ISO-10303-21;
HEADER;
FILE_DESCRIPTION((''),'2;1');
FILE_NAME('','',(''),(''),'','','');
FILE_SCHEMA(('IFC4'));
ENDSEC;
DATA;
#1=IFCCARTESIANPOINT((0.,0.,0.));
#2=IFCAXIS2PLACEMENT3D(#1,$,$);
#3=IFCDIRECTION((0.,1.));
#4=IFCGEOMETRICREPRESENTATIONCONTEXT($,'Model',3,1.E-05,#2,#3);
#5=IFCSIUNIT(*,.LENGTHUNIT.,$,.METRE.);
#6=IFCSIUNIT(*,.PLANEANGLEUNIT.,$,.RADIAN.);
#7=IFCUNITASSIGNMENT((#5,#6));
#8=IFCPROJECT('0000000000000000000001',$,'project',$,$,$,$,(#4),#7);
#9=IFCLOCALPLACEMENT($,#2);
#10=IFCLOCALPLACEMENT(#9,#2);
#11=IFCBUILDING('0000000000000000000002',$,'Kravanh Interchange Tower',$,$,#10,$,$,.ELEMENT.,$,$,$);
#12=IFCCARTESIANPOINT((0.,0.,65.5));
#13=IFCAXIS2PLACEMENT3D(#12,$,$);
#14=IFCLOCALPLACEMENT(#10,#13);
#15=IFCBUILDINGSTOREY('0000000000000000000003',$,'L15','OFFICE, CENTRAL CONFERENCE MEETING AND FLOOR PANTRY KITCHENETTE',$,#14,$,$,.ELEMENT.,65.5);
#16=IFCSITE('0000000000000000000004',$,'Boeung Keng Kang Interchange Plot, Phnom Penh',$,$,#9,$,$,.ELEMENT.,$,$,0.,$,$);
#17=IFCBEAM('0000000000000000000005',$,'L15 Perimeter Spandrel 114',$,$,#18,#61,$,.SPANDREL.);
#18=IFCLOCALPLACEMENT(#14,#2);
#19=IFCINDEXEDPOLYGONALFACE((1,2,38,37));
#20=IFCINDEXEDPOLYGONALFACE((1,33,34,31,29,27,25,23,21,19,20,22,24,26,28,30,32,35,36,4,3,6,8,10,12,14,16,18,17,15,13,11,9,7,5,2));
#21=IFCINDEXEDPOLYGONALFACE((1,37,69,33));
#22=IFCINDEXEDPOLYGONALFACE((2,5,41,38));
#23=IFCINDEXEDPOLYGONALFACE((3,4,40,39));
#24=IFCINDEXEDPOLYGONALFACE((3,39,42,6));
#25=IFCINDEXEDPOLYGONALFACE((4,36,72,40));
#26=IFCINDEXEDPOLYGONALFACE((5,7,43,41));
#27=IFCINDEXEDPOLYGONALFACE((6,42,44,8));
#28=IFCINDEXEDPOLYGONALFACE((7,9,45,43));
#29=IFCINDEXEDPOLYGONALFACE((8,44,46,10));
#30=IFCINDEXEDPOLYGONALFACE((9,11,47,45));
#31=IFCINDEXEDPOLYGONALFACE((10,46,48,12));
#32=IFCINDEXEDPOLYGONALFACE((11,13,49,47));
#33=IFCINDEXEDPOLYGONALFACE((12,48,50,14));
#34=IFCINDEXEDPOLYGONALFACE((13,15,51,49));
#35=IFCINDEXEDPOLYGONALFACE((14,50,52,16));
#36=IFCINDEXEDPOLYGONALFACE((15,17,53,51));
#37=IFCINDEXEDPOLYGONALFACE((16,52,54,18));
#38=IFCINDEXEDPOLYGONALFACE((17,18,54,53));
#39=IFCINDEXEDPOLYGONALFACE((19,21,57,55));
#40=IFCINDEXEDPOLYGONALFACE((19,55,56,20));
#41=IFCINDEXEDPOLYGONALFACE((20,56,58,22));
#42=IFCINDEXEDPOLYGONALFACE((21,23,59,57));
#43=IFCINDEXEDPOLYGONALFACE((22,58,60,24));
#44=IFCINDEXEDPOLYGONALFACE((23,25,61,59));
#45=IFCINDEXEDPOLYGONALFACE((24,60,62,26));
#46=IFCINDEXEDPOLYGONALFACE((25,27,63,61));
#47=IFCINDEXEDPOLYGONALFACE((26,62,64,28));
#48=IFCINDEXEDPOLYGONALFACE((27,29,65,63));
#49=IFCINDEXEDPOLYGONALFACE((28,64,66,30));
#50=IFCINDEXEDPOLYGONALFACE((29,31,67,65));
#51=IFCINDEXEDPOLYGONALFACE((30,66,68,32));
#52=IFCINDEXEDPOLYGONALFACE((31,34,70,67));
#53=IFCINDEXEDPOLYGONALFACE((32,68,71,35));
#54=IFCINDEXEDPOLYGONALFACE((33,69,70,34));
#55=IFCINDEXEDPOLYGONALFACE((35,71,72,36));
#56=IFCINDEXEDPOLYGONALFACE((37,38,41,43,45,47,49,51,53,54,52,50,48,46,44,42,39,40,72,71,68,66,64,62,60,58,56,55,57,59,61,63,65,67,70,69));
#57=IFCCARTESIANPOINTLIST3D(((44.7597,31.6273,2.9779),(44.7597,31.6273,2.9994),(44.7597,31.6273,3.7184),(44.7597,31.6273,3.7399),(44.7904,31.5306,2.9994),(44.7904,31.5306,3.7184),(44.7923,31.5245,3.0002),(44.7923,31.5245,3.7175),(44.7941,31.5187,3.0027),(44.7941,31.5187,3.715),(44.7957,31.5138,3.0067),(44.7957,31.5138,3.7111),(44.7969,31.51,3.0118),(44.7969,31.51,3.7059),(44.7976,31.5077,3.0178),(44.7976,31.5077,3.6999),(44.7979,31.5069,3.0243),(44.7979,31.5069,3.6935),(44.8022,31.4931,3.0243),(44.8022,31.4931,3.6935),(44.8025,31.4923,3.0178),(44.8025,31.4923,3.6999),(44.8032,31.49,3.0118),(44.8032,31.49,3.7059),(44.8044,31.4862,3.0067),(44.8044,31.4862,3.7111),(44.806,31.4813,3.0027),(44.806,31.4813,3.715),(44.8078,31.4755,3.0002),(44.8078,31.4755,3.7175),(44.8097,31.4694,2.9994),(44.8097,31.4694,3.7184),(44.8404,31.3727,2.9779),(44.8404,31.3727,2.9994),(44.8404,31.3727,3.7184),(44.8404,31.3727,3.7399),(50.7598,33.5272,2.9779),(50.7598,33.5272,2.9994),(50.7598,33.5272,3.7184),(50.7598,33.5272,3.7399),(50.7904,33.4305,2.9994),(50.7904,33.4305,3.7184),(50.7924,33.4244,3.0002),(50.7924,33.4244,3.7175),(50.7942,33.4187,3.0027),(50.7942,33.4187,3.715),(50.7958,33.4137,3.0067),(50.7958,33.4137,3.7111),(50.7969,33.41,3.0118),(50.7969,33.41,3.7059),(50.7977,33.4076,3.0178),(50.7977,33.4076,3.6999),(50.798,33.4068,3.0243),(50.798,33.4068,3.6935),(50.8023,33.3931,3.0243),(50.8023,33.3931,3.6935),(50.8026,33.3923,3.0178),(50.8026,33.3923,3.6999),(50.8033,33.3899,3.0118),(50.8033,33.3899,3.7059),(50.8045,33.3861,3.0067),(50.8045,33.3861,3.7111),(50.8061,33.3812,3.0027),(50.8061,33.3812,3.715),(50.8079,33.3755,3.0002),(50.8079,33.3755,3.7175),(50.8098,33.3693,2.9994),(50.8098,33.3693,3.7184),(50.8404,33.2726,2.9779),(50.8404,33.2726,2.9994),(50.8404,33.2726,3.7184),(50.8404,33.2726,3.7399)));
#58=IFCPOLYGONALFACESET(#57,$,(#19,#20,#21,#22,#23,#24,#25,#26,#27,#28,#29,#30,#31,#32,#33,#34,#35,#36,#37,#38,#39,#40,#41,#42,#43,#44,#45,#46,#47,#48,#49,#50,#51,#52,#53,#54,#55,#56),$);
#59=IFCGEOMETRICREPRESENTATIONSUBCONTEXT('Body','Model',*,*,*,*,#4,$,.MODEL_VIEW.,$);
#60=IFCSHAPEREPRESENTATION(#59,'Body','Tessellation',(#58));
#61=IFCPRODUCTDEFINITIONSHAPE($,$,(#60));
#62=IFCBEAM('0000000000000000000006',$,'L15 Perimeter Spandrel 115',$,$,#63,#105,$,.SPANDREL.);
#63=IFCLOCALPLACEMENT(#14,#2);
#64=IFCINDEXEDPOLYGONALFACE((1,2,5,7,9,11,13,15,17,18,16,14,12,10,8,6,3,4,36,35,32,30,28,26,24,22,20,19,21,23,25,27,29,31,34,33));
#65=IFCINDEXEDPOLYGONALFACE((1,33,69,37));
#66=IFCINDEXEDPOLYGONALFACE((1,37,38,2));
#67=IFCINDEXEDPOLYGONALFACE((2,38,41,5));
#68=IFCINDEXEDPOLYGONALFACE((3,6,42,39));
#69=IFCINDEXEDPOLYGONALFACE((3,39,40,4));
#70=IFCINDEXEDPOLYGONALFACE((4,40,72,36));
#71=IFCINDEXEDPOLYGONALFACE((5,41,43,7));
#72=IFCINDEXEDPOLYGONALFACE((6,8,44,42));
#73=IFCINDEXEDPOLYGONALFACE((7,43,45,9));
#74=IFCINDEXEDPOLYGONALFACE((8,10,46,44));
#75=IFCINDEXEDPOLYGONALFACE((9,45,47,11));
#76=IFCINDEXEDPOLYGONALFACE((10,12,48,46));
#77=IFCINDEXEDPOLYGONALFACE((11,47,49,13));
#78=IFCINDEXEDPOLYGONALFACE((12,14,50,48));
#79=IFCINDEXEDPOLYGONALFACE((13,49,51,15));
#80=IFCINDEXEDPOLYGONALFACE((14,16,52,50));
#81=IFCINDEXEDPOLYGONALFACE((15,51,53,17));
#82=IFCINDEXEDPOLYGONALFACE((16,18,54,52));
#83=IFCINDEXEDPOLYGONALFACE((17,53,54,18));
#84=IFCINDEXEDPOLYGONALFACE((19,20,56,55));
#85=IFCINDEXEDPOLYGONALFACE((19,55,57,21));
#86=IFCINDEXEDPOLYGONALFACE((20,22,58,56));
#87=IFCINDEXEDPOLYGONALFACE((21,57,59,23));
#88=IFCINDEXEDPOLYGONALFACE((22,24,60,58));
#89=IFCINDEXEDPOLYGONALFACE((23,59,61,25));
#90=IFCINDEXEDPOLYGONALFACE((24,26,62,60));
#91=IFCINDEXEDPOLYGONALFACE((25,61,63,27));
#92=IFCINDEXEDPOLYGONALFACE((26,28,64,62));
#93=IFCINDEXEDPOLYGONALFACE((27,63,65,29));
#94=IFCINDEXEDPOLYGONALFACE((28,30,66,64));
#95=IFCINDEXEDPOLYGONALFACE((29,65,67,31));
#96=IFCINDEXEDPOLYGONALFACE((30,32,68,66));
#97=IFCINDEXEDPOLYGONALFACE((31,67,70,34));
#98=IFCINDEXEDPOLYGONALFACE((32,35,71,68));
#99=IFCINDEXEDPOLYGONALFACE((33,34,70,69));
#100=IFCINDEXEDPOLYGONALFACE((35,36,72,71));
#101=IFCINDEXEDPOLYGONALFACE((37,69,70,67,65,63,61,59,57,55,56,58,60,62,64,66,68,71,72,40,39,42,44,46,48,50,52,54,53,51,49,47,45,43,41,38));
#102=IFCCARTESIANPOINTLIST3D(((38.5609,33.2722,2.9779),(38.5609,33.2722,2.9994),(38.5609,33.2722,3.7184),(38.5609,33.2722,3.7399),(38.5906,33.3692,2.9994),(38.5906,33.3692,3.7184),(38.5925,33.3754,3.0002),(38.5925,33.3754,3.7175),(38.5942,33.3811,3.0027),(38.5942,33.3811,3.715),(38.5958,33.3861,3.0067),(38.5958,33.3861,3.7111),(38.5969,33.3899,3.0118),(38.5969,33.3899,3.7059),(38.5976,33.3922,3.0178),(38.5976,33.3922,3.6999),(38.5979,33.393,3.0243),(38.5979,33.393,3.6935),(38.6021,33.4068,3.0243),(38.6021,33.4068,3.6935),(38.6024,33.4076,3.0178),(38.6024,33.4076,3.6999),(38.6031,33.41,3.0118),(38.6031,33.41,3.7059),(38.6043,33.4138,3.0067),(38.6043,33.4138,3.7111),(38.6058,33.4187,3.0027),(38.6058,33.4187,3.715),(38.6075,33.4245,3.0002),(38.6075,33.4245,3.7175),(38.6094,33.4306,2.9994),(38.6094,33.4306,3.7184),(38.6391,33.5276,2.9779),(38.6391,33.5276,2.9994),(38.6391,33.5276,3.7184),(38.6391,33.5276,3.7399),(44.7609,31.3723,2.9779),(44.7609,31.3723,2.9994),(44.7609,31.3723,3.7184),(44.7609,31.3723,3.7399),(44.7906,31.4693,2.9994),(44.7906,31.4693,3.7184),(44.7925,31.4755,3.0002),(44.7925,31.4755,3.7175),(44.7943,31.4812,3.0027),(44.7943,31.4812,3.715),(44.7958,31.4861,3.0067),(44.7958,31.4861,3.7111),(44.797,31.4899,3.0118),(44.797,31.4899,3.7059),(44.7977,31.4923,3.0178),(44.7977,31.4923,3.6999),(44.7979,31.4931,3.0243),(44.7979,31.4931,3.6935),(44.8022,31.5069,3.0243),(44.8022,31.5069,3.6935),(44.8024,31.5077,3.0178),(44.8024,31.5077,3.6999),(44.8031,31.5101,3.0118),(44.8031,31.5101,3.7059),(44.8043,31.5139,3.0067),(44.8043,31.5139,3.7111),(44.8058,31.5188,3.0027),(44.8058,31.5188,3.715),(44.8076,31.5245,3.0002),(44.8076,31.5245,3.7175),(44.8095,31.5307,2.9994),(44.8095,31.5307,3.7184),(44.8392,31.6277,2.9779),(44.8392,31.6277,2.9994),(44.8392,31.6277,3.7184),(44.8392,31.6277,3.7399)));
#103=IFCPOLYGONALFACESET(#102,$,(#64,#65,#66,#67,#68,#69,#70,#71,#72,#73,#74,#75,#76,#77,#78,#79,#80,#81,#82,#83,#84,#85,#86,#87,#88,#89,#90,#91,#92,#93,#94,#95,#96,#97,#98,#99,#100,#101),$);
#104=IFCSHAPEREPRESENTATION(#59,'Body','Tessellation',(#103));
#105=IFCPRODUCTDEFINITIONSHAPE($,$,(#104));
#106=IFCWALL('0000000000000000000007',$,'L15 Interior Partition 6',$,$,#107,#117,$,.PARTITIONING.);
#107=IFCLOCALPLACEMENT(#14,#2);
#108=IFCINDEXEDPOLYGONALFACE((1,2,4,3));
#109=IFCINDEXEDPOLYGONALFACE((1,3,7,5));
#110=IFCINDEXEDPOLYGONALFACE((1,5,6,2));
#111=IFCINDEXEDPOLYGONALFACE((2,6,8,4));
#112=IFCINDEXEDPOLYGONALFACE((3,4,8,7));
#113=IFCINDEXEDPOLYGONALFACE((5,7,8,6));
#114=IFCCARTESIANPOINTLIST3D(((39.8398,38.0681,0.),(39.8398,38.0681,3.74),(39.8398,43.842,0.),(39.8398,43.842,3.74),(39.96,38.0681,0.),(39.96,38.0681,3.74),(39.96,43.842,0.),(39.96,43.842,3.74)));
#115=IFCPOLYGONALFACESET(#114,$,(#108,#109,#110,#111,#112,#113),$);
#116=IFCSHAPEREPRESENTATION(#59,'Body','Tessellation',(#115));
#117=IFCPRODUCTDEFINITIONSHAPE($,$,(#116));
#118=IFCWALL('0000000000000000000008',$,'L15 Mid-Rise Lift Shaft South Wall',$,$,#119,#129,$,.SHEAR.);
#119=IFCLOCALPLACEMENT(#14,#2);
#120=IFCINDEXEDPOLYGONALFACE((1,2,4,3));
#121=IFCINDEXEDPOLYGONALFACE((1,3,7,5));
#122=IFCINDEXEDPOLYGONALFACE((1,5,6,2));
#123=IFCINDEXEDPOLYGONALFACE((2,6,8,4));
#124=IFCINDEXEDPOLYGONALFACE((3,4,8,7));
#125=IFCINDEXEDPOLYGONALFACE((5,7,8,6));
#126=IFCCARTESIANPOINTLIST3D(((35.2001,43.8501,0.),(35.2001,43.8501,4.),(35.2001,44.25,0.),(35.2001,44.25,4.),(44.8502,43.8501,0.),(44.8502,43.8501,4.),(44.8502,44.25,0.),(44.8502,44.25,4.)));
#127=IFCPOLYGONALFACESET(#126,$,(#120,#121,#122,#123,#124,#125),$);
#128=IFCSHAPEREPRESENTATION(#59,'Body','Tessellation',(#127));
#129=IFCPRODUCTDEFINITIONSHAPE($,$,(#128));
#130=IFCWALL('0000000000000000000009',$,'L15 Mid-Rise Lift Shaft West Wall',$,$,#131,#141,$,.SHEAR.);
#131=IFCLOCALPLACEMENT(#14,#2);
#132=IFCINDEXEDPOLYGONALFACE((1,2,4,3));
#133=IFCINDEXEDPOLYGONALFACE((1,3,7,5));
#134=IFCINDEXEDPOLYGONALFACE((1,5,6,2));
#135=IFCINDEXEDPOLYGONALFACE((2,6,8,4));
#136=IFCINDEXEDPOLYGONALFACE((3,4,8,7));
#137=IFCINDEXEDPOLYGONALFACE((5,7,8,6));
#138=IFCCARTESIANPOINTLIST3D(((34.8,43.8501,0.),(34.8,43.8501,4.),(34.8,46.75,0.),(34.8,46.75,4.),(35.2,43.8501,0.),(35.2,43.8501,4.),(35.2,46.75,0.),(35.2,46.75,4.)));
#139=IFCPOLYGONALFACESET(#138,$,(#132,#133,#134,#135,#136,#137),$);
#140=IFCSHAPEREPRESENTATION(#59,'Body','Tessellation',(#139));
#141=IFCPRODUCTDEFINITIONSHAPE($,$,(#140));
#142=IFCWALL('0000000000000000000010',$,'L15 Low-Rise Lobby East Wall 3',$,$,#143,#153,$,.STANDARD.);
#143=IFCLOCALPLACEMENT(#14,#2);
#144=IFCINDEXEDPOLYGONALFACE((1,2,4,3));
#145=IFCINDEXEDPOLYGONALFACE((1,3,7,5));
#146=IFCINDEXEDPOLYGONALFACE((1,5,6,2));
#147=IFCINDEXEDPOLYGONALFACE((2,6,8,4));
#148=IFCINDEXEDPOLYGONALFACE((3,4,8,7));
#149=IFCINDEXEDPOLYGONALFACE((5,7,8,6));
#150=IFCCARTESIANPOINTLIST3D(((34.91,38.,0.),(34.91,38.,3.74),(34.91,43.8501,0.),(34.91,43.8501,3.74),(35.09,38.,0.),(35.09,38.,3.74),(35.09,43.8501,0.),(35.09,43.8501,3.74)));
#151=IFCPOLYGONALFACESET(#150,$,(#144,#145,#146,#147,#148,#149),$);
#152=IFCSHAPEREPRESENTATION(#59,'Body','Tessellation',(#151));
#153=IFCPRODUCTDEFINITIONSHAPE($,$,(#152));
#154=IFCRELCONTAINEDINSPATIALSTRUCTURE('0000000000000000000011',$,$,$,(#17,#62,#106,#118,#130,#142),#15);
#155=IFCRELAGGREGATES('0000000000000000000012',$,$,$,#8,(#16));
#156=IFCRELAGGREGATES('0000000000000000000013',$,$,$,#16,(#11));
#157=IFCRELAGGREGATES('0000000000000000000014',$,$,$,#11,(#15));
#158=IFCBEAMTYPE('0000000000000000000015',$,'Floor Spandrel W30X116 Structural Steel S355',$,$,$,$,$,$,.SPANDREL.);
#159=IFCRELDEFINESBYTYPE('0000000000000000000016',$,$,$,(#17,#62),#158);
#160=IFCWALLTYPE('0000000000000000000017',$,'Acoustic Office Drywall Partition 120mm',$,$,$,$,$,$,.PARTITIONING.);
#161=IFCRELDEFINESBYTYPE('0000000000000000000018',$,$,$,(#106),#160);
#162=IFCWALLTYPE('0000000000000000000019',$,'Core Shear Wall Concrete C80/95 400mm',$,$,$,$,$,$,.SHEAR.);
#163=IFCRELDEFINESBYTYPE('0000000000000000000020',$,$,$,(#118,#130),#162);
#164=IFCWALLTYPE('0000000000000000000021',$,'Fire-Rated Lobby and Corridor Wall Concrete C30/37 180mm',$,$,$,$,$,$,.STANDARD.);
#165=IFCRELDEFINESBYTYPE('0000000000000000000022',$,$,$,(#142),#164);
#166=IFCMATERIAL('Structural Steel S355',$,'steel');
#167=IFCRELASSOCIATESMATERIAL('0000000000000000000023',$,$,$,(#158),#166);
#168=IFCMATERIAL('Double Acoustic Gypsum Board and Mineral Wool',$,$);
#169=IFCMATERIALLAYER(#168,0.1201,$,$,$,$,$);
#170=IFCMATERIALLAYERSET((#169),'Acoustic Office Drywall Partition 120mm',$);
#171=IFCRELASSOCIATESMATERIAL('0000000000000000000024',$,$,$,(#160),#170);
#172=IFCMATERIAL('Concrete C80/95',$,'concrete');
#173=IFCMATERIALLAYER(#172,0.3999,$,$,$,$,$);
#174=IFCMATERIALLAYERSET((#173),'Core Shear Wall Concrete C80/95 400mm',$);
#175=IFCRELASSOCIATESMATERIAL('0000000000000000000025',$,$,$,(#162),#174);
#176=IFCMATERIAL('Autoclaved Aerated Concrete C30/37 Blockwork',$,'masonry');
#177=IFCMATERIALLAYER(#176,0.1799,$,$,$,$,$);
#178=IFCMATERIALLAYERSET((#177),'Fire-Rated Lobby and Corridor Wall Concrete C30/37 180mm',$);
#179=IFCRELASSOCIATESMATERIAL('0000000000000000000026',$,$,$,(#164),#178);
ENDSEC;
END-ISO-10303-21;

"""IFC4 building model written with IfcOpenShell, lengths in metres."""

from ifc_helpers import new_model, si_unit, direction, frame, frame_2d, origin, origin_2d, place, context, subcontext, project, spatial, rectangle, i_section, extrude, material, layer, layer_set, material_profile, profile_set, type_object, element, save


model = new_model("IFC4")

# Units and contexts
model_context = context("Model", 3, precision=1e-05, world=origin(), true_north=direction((0.0, 1.0)))
body_context = subcontext(model_context, "Body", "Model", "MODEL_VIEW")
ifc_project = project(units=[si_unit("LENGTHUNIT", "METRE"), si_unit("PLANEANGLEUNIT", "RADIAN")], contexts=[model_context])

# Site, building, storey
site_placement = place(None, origin())
site = spatial("IfcSite", under=ifc_project, at=site_placement, Name="Boeung Keng Kang Interchange Plot, Phnom Penh", CompositionType="ELEMENT", RefElevation=0.0)
building_placement = place(site_placement, origin())
building = spatial("IfcBuilding", under=site, at=building_placement, Name="Kravanh Interchange Tower", CompositionType="ELEMENT")
storey_placement = place(building_placement, frame((0.0, 0.0, 65.5)))
storey = spatial("IfcBuildingStorey", under=building, at=storey_placement, Name="L15", Description="OFFICE, CENTRAL CONFERENCE MEETING AND FLOOR PANTRY KITCHENETTE", CompositionType="ELEMENT", Elevation=65.5)

# Beams
ifc_material_1 = material(Name="Structural Steel S355", Category="steel")
ifc_material_profile_1 = material_profile(ifc_material_1, i_section(OverallWidth=0.2671, OverallDepth=0.762, WebThickness=0.0144, FlangeThickness=0.0215, FilletRadius=0.0249, at=origin_2d()), Name="W30X116")
ifc_profile_set_1 = profile_set([ifc_material_profile_1], Name="Structural Steel S355")
beam_type_1 = type_object("IfcBeamType", Name="Floor Spandrel W30X116 Structural Steel S355", PredefinedType="SPANDREL", material=ifc_profile_set_1)
beam_1_placement = place(storey_placement, frame((44.8, 31.5, 3.3589), z_axis=(0.953347, 0.301878, 0.0), x_axis=(-0.301878, 0.953347, 0.0)))
element("IfcBeam", 1, at=beam_1_placement, inside=storey, type_object=beam_type_1, Name="L15 Perimeter Spandrel 114", PredefinedType="SPANDREL", context=body_context, shape_type="SweptSolid", body=[
    extrude(i_section(OverallWidth=0.2671, OverallDepth=0.762, WebThickness=0.0144, FlangeThickness=0.0215, FilletRadius=0.0249, at=origin_2d()), origin(), (0.0, 0.0, 1.0), 6.2937),
])
beam_2_placement = place(storey_placement, frame((44.8, 31.5, 3.3589), z_axis=(-0.956115, 0.29299, 0.0), x_axis=(-0.29299, -0.956115, 0.0)))
element("IfcBeam", 2, at=beam_2_placement, inside=storey, type_object=beam_type_1, Name="L15 Perimeter Spandrel 115", PredefinedType="SPANDREL", context=body_context, shape_type="SweptSolid", body=[
    extrude(i_section(OverallWidth=0.2671, OverallDepth=0.762, WebThickness=0.0144, FlangeThickness=0.0215, FilletRadius=0.0249, at=origin_2d()), origin(), (0.0, 0.0, 1.0), 6.4846),
])

# Walls
ifc_material_2 = material(Name="Double Acoustic Gypsum Board and Mineral Wool")
ifc_layer_1 = layer(ifc_material_2, 0.1201)
ifc_layer_set_1 = layer_set([ifc_layer_1], Name="Acoustic Office Drywall Partition 120mm")
wall_type_1 = type_object("IfcWallType", Name="Acoustic Office Drywall Partition 120mm", PredefinedType="PARTITIONING", material=ifc_layer_set_1)
wall_1_placement = place(storey_placement, frame((39.8999, 38.0681, 0.0), z_axis=(0.0, 0.0, 1.0), x_axis=(0.0, 1.0, 0.0)))
element("IfcWall", 3, at=wall_1_placement, inside=storey, type_object=wall_type_1, Name="L15 Interior Partition 6", PredefinedType="PARTITIONING", context=body_context, shape_type="SweptSolid", body=[
    extrude(rectangle(XDim=5.7739, YDim=0.1201, at=frame_2d((2.887, 0.0))), origin(), (0.0, 0.0, 1.0), 3.74),
])
ifc_material_3 = material(Name="Concrete C80/95", Category="concrete")
ifc_layer_2 = layer(ifc_material_3, 0.3999)
ifc_layer_set_2 = layer_set([ifc_layer_2], Name="Core Shear Wall Concrete C80/95 400mm")
wall_type_2 = type_object("IfcWallType", Name="Core Shear Wall Concrete C80/95 400mm", PredefinedType="SHEAR", material=ifc_layer_set_2)
wall_2_placement = place(storey_placement, frame((35.2, 44.05, 0.0), z_axis=(0.0, 0.0, 1.0), x_axis=(1.0, 0.0, 0.0)))
element("IfcWall", 4, at=wall_2_placement, inside=storey, type_object=wall_type_2, Name="L15 Mid-Rise Lift Shaft South Wall", PredefinedType="SHEAR", context=body_context, shape_type="SweptSolid", body=[
    extrude(rectangle(XDim=9.6501, YDim=0.3999, at=frame_2d((4.8252, 0.0))), origin(), (0.0, 0.0, 1.0), 4.0),
])
wall_3_placement = place(storey_placement, frame((35.0, 43.8501, 0.0), z_axis=(0.0, 0.0, 1.0), x_axis=(0.0, 1.0, 0.0)))
element("IfcWall", 5, at=wall_3_placement, inside=storey, type_object=wall_type_2, Name="L15 Mid-Rise Lift Shaft West Wall", PredefinedType="SHEAR", context=body_context, shape_type="SweptSolid", body=[
    extrude(rectangle(XDim=2.8999, YDim=0.3999, at=frame_2d((1.45, 0.0))), origin(), (0.0, 0.0, 1.0), 4.0),
])
ifc_material_4 = material(Name="Autoclaved Aerated Concrete C30/37 Blockwork", Category="masonry")
ifc_layer_3 = layer(ifc_material_4, 0.1799)
ifc_layer_set_3 = layer_set([ifc_layer_3], Name="Fire-Rated Lobby and Corridor Wall Concrete C30/37 180mm")
wall_type_3 = type_object("IfcWallType", Name="Fire-Rated Lobby and Corridor Wall Concrete C30/37 180mm", PredefinedType="STANDARD", material=ifc_layer_set_3)
wall_4_placement = place(storey_placement, frame((35.0, 38.0, 0.0), z_axis=(0.0, 0.0, 1.0), x_axis=(0.0, 1.0, 0.0)))
element("IfcWall", 6, at=wall_4_placement, inside=storey, type_object=wall_type_3, Name="L15 Low-Rise Lobby East Wall 3", PredefinedType="STANDARD", context=body_context, shape_type="SweptSolid", body=[
    extrude(rectangle(XDim=5.8501, YDim=0.1799, at=frame_2d((2.925, 0.0))), origin(), (0.0, 0.0, 1.0), 3.74),
])

save(model, "model.ifc")
